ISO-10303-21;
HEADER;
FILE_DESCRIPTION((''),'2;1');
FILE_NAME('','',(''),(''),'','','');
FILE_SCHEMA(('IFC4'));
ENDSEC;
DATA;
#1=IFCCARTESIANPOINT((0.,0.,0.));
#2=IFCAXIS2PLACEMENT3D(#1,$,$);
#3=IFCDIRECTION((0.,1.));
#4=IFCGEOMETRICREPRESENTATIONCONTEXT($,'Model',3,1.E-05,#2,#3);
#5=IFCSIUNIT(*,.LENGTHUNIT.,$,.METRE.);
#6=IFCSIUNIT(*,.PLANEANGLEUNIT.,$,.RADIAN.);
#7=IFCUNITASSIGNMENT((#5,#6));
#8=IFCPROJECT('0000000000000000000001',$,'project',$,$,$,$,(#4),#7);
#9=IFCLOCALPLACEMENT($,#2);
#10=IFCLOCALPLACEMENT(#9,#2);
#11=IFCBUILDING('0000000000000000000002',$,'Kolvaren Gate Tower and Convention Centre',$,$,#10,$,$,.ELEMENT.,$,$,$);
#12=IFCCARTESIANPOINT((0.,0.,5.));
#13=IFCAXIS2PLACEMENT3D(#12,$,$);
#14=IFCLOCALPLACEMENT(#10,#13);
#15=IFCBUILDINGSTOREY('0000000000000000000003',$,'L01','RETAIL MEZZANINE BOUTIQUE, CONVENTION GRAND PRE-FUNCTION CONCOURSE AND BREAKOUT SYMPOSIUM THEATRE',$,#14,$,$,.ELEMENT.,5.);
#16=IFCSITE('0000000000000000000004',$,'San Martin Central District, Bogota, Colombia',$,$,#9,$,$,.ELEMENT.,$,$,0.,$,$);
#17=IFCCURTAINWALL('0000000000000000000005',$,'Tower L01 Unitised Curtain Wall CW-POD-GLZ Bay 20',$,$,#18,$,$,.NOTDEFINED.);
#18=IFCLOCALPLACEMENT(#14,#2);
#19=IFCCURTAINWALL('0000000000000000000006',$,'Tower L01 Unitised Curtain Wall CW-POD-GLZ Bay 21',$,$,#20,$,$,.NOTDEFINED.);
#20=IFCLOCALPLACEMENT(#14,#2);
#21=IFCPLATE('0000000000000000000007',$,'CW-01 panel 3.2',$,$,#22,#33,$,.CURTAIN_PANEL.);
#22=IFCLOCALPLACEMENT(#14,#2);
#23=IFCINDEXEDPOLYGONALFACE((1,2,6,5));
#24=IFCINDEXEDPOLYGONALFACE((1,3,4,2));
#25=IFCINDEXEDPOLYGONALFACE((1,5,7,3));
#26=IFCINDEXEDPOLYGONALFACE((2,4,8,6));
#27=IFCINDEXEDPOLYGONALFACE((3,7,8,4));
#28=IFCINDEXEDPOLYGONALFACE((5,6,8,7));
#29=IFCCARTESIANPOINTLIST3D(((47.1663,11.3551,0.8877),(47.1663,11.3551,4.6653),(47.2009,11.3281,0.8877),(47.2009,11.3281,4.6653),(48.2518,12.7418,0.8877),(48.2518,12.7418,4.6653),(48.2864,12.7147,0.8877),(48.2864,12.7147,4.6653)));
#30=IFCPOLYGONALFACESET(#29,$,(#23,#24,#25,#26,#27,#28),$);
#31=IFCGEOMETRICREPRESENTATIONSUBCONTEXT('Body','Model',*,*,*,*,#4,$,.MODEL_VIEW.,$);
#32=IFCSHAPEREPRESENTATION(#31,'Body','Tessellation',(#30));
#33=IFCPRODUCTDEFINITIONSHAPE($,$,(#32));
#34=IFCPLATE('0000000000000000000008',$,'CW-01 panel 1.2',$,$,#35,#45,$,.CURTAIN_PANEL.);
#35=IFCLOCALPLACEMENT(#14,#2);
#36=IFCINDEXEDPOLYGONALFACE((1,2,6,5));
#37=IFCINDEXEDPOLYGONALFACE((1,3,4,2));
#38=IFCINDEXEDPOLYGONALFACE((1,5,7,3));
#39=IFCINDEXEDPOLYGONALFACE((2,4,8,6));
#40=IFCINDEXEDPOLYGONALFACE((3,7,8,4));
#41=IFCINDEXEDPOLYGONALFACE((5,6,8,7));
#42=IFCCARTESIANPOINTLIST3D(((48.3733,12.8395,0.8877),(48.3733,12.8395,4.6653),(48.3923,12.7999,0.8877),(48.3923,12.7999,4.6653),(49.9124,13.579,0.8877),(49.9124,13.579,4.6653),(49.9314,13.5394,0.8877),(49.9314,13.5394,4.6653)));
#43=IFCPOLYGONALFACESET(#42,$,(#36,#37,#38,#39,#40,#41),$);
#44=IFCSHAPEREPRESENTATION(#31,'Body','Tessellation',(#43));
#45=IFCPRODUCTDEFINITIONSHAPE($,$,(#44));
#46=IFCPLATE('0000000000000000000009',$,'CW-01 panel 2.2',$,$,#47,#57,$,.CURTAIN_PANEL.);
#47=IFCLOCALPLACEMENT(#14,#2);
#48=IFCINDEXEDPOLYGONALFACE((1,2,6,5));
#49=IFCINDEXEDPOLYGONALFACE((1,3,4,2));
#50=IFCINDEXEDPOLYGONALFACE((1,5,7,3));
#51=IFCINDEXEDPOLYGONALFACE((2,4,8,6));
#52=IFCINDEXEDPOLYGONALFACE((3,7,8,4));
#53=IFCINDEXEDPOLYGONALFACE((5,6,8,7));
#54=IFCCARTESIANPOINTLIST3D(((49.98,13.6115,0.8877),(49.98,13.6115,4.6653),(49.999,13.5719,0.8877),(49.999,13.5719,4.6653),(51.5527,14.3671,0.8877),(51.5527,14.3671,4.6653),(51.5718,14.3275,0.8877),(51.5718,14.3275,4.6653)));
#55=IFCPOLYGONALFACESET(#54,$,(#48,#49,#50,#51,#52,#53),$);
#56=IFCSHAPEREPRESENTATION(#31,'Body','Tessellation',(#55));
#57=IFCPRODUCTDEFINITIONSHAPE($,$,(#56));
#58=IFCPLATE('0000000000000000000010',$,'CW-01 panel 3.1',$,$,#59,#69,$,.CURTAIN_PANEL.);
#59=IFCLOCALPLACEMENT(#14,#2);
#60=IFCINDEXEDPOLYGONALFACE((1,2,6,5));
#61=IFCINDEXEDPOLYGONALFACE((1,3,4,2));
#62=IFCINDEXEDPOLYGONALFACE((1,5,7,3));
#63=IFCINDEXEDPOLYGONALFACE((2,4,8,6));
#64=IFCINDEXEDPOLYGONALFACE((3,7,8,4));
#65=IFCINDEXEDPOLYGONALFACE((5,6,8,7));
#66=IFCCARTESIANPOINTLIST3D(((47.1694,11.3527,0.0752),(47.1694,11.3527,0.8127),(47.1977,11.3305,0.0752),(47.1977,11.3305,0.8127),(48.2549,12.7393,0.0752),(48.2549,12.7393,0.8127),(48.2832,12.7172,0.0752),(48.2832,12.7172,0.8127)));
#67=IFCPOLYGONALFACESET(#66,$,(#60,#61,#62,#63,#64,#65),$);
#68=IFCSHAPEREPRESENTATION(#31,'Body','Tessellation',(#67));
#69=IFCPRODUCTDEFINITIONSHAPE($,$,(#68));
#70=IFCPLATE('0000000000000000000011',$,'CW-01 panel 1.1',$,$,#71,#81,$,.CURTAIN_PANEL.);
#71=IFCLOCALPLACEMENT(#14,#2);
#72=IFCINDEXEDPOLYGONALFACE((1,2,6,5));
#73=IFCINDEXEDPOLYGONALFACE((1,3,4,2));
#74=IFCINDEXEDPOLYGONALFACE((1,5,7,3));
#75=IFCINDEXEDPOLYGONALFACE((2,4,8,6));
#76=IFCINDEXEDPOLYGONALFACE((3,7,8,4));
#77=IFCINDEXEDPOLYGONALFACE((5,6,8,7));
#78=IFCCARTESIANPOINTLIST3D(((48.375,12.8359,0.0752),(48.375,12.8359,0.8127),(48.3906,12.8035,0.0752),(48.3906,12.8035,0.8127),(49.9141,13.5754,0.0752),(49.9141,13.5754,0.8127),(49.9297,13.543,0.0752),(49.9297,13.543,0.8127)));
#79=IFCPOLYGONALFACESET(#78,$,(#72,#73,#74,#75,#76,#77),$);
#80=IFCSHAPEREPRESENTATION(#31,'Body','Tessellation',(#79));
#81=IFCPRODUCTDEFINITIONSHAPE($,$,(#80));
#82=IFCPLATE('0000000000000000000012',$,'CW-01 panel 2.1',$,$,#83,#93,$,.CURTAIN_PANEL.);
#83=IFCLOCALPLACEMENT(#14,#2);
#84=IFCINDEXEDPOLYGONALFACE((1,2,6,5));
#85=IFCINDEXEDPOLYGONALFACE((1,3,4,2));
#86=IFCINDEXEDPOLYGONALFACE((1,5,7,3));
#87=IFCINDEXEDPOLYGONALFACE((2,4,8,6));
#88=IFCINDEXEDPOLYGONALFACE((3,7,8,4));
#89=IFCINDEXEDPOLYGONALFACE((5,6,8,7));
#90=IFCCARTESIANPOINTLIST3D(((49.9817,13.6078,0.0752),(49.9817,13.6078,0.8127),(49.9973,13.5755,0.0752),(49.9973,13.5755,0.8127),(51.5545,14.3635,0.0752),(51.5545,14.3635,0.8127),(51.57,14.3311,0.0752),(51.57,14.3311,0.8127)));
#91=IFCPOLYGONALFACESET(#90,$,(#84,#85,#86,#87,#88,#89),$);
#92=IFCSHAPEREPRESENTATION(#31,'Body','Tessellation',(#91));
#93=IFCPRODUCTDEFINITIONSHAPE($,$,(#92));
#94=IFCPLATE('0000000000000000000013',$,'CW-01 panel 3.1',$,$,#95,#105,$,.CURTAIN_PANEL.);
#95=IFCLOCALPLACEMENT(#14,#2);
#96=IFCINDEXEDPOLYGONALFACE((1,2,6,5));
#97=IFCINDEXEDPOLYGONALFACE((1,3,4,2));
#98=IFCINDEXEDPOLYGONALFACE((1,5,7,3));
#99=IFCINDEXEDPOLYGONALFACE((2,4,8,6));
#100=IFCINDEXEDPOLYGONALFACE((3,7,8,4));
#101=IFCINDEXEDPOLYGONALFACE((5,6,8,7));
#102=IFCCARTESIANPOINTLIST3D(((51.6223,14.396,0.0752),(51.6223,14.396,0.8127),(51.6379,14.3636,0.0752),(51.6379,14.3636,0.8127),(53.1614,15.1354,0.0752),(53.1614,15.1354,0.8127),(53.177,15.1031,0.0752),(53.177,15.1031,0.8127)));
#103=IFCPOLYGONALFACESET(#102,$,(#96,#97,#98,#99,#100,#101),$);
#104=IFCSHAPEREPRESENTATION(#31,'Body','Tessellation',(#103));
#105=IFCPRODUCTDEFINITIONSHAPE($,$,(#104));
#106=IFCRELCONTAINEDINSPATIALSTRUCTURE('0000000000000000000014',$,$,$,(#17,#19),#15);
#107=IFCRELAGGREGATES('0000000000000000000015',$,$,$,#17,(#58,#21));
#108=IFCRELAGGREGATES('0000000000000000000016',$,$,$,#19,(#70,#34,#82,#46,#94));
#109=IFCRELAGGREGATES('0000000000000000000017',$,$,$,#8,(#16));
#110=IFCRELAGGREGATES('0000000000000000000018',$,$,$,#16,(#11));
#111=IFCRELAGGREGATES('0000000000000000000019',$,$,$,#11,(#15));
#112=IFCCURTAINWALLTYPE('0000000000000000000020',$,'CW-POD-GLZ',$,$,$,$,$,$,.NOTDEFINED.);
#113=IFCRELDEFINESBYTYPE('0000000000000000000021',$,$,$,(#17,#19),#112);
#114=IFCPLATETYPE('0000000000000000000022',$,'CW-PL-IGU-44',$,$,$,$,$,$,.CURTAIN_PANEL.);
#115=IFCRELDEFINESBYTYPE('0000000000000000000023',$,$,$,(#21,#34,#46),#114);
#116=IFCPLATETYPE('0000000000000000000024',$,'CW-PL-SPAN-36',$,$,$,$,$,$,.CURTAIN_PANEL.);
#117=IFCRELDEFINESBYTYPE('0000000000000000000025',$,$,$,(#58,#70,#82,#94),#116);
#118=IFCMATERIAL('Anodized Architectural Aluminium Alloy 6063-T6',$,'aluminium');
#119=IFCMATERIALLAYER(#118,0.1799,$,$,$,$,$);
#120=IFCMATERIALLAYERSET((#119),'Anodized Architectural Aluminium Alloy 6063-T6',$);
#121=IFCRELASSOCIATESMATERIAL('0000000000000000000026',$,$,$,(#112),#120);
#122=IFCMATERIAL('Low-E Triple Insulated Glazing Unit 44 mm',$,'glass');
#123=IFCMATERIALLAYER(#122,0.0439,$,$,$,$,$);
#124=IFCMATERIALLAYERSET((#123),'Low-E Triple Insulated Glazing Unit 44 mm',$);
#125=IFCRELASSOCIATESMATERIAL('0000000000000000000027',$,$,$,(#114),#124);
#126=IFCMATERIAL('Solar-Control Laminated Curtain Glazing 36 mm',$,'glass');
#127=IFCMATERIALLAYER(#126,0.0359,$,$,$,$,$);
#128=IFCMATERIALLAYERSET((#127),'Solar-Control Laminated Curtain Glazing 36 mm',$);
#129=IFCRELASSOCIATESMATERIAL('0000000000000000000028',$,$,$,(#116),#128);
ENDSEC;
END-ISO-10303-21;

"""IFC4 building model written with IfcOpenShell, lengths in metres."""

from ifc_helpers import new_model, si_unit, direction, frame, origin, origin_2d, place, context, subcontext, project, spatial, rectangle, extrude, material, layer, layer_set, type_object, element, aggregate, save


model = new_model("IFC4")

# Units and contexts
model_context = context("Model", 3, precision=1e-05, world=origin(), true_north=direction((0.0, 1.0)))
body_context = subcontext(model_context, "Body", "Model", "MODEL_VIEW")
ifc_project = project(units=[si_unit("LENGTHUNIT", "METRE"), si_unit("PLANEANGLEUNIT", "RADIAN")], contexts=[model_context])

# Site, building, storey
site_placement = place(None, origin())
site = spatial("IfcSite", under=ifc_project, at=site_placement, Name="San Martin Central District, Bogota, Colombia", CompositionType="ELEMENT", RefElevation=0.0)
building_placement = place(site_placement, origin())
building = spatial("IfcBuilding", under=site, at=building_placement, Name="Kolvaren Gate Tower and Convention Centre", CompositionType="ELEMENT")
storey_placement = place(building_placement, frame((0.0, 0.0, 5.0)))
storey = spatial("IfcBuildingStorey", under=building, at=storey_placement, Name="L01", Description="RETAIL MEZZANINE BOUTIQUE, CONVENTION GRAND PRE-FUNCTION CONCOURSE AND BREAKOUT SYMPOSIUM THEATRE", CompositionType="ELEMENT", Elevation=5.0)

# Curtain wall
ifc_material_1 = material(Name="Anodized Architectural Aluminium Alloy 6063-T6", Category="aluminium")
ifc_layer_1 = layer(ifc_material_1, 0.1799)
ifc_layer_set_1 = layer_set([ifc_layer_1], Name="Anodized Architectural Aluminium Alloy 6063-T6")
curtain_wall_type = type_object("IfcCurtainWallType", Name="CW-POD-GLZ", PredefinedType="NOTDEFINED", material=ifc_layer_set_1)
curtain_wall_1_placement = place(storey_placement, origin())
curtain_wall_1 = element("IfcCurtainWall", 1, at=curtain_wall_1_placement, inside=storey, type_object=curtain_wall_type, Name="Tower L01 Unitised Curtain Wall CW-POD-GLZ Bay 20", PredefinedType="NOTDEFINED")

# Curtain wall
curtain_wall_2_placement = place(storey_placement, origin())
curtain_wall_2 = element("IfcCurtainWall", 2, at=curtain_wall_2_placement, inside=storey, type_object=curtain_wall_type, Name="Tower L01 Unitised Curtain Wall CW-POD-GLZ Bay 21", PredefinedType="NOTDEFINED")

# Plates
ifc_material_2 = material(Name="Low-E Triple Insulated Glazing Unit 44 mm", Category="glass")
ifc_layer_2 = layer(ifc_material_2, 0.0439)
ifc_layer_set_2 = layer_set([ifc_layer_2], Name="Low-E Triple Insulated Glazing Unit 44 mm")
plate_type_1 = type_object("IfcPlateType", Name="CW-PL-IGU-44", PredefinedType="CURTAIN_PANEL", material=ifc_layer_set_2)
plate_1_placement = place(storey_placement, frame((47.7263, 12.0349, 0.8877), z_axis=(0.0, 0.0, 1.0), x_axis=(0.616426, 0.787413, 0.0)))
plate_1 = element("IfcPlate", 3, at=plate_1_placement, type_object=plate_type_1, Name="CW-01 panel 3.2", PredefinedType="CURTAIN_PANEL", context=body_context, shape_type="SweptSolid", body=[
    extrude(rectangle(XDim=1.761, YDim=0.0439, at=origin_2d()), origin(), (0.0, 0.0, 1.0), 3.7776),
])
plate_2_placement = place(storey_placement, frame((49.1523, 13.1895, 0.8877), z_axis=(0.0, 0.0, 1.0), x_axis=(0.901364, 0.433063, 0.0)))
plate_2 = element("IfcPlate", 4, at=plate_2_placement, type_object=plate_type_1, Name="CW-01 panel 1.2", PredefinedType="CURTAIN_PANEL", context=body_context, shape_type="SweptSolid", body=[
    extrude(rectangle(XDim=1.7075, YDim=0.0439, at=origin_2d()), origin(), (0.0, 0.0, 1.0), 3.7776),
])
plate_3_placement = place(storey_placement, frame((50.7759, 13.9695, 0.8877), z_axis=(0.0, 0.0, 1.0), x_axis=(0.901364, 0.433063, 0.0)))
plate_3 = element("IfcPlate", 5, at=plate_3_placement, type_object=plate_type_1, Name="CW-01 panel 2.2", PredefinedType="CURTAIN_PANEL", context=body_context, shape_type="SweptSolid", body=[
    extrude(rectangle(XDim=1.7449, YDim=0.0439, at=origin_2d()), origin(), (0.0, 0.0, 1.0), 3.7776),
])
ifc_material_3 = material(Name="Solar-Control Laminated Curtain Glazing 36 mm", Category="glass")
ifc_layer_3 = layer(ifc_material_3, 0.0359)
ifc_layer_set_3 = layer_set([ifc_layer_3], Name="Solar-Control Laminated Curtain Glazing 36 mm")
plate_type_2 = type_object("IfcPlateType", Name="CW-PL-SPAN-36", PredefinedType="CURTAIN_PANEL", material=ifc_layer_set_3)
plate_4_placement = place(storey_placement, frame((47.7263, 12.0349, 0.0752), z_axis=(0.0, 0.0, 1.0), x_axis=(0.616426, 0.787413, 0.0)))
plate_4 = element("IfcPlate", 6, at=plate_4_placement, type_object=plate_type_2, Name="CW-01 panel 3.1", PredefinedType="CURTAIN_PANEL", context=body_context, shape_type="SweptSolid", body=[
    extrude(rectangle(XDim=1.761, YDim=0.0359, at=origin_2d()), origin(), (0.0, 0.0, 1.0), 0.7375),
])
aggregate(curtain_wall_1, [plate_4, plate_1])
plate_5_placement = place(storey_placement, frame((49.1523, 13.1895, 0.0752), z_axis=(0.0, 0.0, 1.0), x_axis=(0.901364, 0.433063, 0.0)))
plate_5 = element("IfcPlate", 7, at=plate_5_placement, type_object=plate_type_2, Name="CW-01 panel 1.1", PredefinedType="CURTAIN_PANEL", context=body_context, shape_type="SweptSolid", body=[
    extrude(rectangle(XDim=1.7075, YDim=0.0359, at=origin_2d()), origin(), (0.0, 0.0, 1.0), 0.7375),
])
plate_6_placement = place(storey_placement, frame((50.7759, 13.9695, 0.0752), z_axis=(0.0, 0.0, 1.0), x_axis=(0.901364, 0.433063, 0.0)))
plate_6 = element("IfcPlate", 8, at=plate_6_placement, type_object=plate_type_2, Name="CW-01 panel 2.1", PredefinedType="CURTAIN_PANEL", context=body_context, shape_type="SweptSolid", body=[
    extrude(rectangle(XDim=1.7449, YDim=0.0359, at=origin_2d()), origin(), (0.0, 0.0, 1.0), 0.7375),
])
plate_7_placement = place(storey_placement, frame((52.3997, 14.7495, 0.0752), z_axis=(0.0, 0.0, 1.0), x_axis=(0.901364, 0.433063, 0.0)))
plate_7 = element("IfcPlate", 9, at=plate_7_placement, type_object=plate_type_2, Name="CW-01 panel 3.1", PredefinedType="CURTAIN_PANEL", context=body_context, shape_type="SweptSolid", body=[
    extrude(rectangle(XDim=1.7075, YDim=0.0359, at=origin_2d()), origin(), (0.0, 0.0, 1.0), 0.7375),
])
aggregate(curtain_wall_2, [plate_5, plate_2, plate_6, plate_3, plate_7])

save(model, "model.ifc")
